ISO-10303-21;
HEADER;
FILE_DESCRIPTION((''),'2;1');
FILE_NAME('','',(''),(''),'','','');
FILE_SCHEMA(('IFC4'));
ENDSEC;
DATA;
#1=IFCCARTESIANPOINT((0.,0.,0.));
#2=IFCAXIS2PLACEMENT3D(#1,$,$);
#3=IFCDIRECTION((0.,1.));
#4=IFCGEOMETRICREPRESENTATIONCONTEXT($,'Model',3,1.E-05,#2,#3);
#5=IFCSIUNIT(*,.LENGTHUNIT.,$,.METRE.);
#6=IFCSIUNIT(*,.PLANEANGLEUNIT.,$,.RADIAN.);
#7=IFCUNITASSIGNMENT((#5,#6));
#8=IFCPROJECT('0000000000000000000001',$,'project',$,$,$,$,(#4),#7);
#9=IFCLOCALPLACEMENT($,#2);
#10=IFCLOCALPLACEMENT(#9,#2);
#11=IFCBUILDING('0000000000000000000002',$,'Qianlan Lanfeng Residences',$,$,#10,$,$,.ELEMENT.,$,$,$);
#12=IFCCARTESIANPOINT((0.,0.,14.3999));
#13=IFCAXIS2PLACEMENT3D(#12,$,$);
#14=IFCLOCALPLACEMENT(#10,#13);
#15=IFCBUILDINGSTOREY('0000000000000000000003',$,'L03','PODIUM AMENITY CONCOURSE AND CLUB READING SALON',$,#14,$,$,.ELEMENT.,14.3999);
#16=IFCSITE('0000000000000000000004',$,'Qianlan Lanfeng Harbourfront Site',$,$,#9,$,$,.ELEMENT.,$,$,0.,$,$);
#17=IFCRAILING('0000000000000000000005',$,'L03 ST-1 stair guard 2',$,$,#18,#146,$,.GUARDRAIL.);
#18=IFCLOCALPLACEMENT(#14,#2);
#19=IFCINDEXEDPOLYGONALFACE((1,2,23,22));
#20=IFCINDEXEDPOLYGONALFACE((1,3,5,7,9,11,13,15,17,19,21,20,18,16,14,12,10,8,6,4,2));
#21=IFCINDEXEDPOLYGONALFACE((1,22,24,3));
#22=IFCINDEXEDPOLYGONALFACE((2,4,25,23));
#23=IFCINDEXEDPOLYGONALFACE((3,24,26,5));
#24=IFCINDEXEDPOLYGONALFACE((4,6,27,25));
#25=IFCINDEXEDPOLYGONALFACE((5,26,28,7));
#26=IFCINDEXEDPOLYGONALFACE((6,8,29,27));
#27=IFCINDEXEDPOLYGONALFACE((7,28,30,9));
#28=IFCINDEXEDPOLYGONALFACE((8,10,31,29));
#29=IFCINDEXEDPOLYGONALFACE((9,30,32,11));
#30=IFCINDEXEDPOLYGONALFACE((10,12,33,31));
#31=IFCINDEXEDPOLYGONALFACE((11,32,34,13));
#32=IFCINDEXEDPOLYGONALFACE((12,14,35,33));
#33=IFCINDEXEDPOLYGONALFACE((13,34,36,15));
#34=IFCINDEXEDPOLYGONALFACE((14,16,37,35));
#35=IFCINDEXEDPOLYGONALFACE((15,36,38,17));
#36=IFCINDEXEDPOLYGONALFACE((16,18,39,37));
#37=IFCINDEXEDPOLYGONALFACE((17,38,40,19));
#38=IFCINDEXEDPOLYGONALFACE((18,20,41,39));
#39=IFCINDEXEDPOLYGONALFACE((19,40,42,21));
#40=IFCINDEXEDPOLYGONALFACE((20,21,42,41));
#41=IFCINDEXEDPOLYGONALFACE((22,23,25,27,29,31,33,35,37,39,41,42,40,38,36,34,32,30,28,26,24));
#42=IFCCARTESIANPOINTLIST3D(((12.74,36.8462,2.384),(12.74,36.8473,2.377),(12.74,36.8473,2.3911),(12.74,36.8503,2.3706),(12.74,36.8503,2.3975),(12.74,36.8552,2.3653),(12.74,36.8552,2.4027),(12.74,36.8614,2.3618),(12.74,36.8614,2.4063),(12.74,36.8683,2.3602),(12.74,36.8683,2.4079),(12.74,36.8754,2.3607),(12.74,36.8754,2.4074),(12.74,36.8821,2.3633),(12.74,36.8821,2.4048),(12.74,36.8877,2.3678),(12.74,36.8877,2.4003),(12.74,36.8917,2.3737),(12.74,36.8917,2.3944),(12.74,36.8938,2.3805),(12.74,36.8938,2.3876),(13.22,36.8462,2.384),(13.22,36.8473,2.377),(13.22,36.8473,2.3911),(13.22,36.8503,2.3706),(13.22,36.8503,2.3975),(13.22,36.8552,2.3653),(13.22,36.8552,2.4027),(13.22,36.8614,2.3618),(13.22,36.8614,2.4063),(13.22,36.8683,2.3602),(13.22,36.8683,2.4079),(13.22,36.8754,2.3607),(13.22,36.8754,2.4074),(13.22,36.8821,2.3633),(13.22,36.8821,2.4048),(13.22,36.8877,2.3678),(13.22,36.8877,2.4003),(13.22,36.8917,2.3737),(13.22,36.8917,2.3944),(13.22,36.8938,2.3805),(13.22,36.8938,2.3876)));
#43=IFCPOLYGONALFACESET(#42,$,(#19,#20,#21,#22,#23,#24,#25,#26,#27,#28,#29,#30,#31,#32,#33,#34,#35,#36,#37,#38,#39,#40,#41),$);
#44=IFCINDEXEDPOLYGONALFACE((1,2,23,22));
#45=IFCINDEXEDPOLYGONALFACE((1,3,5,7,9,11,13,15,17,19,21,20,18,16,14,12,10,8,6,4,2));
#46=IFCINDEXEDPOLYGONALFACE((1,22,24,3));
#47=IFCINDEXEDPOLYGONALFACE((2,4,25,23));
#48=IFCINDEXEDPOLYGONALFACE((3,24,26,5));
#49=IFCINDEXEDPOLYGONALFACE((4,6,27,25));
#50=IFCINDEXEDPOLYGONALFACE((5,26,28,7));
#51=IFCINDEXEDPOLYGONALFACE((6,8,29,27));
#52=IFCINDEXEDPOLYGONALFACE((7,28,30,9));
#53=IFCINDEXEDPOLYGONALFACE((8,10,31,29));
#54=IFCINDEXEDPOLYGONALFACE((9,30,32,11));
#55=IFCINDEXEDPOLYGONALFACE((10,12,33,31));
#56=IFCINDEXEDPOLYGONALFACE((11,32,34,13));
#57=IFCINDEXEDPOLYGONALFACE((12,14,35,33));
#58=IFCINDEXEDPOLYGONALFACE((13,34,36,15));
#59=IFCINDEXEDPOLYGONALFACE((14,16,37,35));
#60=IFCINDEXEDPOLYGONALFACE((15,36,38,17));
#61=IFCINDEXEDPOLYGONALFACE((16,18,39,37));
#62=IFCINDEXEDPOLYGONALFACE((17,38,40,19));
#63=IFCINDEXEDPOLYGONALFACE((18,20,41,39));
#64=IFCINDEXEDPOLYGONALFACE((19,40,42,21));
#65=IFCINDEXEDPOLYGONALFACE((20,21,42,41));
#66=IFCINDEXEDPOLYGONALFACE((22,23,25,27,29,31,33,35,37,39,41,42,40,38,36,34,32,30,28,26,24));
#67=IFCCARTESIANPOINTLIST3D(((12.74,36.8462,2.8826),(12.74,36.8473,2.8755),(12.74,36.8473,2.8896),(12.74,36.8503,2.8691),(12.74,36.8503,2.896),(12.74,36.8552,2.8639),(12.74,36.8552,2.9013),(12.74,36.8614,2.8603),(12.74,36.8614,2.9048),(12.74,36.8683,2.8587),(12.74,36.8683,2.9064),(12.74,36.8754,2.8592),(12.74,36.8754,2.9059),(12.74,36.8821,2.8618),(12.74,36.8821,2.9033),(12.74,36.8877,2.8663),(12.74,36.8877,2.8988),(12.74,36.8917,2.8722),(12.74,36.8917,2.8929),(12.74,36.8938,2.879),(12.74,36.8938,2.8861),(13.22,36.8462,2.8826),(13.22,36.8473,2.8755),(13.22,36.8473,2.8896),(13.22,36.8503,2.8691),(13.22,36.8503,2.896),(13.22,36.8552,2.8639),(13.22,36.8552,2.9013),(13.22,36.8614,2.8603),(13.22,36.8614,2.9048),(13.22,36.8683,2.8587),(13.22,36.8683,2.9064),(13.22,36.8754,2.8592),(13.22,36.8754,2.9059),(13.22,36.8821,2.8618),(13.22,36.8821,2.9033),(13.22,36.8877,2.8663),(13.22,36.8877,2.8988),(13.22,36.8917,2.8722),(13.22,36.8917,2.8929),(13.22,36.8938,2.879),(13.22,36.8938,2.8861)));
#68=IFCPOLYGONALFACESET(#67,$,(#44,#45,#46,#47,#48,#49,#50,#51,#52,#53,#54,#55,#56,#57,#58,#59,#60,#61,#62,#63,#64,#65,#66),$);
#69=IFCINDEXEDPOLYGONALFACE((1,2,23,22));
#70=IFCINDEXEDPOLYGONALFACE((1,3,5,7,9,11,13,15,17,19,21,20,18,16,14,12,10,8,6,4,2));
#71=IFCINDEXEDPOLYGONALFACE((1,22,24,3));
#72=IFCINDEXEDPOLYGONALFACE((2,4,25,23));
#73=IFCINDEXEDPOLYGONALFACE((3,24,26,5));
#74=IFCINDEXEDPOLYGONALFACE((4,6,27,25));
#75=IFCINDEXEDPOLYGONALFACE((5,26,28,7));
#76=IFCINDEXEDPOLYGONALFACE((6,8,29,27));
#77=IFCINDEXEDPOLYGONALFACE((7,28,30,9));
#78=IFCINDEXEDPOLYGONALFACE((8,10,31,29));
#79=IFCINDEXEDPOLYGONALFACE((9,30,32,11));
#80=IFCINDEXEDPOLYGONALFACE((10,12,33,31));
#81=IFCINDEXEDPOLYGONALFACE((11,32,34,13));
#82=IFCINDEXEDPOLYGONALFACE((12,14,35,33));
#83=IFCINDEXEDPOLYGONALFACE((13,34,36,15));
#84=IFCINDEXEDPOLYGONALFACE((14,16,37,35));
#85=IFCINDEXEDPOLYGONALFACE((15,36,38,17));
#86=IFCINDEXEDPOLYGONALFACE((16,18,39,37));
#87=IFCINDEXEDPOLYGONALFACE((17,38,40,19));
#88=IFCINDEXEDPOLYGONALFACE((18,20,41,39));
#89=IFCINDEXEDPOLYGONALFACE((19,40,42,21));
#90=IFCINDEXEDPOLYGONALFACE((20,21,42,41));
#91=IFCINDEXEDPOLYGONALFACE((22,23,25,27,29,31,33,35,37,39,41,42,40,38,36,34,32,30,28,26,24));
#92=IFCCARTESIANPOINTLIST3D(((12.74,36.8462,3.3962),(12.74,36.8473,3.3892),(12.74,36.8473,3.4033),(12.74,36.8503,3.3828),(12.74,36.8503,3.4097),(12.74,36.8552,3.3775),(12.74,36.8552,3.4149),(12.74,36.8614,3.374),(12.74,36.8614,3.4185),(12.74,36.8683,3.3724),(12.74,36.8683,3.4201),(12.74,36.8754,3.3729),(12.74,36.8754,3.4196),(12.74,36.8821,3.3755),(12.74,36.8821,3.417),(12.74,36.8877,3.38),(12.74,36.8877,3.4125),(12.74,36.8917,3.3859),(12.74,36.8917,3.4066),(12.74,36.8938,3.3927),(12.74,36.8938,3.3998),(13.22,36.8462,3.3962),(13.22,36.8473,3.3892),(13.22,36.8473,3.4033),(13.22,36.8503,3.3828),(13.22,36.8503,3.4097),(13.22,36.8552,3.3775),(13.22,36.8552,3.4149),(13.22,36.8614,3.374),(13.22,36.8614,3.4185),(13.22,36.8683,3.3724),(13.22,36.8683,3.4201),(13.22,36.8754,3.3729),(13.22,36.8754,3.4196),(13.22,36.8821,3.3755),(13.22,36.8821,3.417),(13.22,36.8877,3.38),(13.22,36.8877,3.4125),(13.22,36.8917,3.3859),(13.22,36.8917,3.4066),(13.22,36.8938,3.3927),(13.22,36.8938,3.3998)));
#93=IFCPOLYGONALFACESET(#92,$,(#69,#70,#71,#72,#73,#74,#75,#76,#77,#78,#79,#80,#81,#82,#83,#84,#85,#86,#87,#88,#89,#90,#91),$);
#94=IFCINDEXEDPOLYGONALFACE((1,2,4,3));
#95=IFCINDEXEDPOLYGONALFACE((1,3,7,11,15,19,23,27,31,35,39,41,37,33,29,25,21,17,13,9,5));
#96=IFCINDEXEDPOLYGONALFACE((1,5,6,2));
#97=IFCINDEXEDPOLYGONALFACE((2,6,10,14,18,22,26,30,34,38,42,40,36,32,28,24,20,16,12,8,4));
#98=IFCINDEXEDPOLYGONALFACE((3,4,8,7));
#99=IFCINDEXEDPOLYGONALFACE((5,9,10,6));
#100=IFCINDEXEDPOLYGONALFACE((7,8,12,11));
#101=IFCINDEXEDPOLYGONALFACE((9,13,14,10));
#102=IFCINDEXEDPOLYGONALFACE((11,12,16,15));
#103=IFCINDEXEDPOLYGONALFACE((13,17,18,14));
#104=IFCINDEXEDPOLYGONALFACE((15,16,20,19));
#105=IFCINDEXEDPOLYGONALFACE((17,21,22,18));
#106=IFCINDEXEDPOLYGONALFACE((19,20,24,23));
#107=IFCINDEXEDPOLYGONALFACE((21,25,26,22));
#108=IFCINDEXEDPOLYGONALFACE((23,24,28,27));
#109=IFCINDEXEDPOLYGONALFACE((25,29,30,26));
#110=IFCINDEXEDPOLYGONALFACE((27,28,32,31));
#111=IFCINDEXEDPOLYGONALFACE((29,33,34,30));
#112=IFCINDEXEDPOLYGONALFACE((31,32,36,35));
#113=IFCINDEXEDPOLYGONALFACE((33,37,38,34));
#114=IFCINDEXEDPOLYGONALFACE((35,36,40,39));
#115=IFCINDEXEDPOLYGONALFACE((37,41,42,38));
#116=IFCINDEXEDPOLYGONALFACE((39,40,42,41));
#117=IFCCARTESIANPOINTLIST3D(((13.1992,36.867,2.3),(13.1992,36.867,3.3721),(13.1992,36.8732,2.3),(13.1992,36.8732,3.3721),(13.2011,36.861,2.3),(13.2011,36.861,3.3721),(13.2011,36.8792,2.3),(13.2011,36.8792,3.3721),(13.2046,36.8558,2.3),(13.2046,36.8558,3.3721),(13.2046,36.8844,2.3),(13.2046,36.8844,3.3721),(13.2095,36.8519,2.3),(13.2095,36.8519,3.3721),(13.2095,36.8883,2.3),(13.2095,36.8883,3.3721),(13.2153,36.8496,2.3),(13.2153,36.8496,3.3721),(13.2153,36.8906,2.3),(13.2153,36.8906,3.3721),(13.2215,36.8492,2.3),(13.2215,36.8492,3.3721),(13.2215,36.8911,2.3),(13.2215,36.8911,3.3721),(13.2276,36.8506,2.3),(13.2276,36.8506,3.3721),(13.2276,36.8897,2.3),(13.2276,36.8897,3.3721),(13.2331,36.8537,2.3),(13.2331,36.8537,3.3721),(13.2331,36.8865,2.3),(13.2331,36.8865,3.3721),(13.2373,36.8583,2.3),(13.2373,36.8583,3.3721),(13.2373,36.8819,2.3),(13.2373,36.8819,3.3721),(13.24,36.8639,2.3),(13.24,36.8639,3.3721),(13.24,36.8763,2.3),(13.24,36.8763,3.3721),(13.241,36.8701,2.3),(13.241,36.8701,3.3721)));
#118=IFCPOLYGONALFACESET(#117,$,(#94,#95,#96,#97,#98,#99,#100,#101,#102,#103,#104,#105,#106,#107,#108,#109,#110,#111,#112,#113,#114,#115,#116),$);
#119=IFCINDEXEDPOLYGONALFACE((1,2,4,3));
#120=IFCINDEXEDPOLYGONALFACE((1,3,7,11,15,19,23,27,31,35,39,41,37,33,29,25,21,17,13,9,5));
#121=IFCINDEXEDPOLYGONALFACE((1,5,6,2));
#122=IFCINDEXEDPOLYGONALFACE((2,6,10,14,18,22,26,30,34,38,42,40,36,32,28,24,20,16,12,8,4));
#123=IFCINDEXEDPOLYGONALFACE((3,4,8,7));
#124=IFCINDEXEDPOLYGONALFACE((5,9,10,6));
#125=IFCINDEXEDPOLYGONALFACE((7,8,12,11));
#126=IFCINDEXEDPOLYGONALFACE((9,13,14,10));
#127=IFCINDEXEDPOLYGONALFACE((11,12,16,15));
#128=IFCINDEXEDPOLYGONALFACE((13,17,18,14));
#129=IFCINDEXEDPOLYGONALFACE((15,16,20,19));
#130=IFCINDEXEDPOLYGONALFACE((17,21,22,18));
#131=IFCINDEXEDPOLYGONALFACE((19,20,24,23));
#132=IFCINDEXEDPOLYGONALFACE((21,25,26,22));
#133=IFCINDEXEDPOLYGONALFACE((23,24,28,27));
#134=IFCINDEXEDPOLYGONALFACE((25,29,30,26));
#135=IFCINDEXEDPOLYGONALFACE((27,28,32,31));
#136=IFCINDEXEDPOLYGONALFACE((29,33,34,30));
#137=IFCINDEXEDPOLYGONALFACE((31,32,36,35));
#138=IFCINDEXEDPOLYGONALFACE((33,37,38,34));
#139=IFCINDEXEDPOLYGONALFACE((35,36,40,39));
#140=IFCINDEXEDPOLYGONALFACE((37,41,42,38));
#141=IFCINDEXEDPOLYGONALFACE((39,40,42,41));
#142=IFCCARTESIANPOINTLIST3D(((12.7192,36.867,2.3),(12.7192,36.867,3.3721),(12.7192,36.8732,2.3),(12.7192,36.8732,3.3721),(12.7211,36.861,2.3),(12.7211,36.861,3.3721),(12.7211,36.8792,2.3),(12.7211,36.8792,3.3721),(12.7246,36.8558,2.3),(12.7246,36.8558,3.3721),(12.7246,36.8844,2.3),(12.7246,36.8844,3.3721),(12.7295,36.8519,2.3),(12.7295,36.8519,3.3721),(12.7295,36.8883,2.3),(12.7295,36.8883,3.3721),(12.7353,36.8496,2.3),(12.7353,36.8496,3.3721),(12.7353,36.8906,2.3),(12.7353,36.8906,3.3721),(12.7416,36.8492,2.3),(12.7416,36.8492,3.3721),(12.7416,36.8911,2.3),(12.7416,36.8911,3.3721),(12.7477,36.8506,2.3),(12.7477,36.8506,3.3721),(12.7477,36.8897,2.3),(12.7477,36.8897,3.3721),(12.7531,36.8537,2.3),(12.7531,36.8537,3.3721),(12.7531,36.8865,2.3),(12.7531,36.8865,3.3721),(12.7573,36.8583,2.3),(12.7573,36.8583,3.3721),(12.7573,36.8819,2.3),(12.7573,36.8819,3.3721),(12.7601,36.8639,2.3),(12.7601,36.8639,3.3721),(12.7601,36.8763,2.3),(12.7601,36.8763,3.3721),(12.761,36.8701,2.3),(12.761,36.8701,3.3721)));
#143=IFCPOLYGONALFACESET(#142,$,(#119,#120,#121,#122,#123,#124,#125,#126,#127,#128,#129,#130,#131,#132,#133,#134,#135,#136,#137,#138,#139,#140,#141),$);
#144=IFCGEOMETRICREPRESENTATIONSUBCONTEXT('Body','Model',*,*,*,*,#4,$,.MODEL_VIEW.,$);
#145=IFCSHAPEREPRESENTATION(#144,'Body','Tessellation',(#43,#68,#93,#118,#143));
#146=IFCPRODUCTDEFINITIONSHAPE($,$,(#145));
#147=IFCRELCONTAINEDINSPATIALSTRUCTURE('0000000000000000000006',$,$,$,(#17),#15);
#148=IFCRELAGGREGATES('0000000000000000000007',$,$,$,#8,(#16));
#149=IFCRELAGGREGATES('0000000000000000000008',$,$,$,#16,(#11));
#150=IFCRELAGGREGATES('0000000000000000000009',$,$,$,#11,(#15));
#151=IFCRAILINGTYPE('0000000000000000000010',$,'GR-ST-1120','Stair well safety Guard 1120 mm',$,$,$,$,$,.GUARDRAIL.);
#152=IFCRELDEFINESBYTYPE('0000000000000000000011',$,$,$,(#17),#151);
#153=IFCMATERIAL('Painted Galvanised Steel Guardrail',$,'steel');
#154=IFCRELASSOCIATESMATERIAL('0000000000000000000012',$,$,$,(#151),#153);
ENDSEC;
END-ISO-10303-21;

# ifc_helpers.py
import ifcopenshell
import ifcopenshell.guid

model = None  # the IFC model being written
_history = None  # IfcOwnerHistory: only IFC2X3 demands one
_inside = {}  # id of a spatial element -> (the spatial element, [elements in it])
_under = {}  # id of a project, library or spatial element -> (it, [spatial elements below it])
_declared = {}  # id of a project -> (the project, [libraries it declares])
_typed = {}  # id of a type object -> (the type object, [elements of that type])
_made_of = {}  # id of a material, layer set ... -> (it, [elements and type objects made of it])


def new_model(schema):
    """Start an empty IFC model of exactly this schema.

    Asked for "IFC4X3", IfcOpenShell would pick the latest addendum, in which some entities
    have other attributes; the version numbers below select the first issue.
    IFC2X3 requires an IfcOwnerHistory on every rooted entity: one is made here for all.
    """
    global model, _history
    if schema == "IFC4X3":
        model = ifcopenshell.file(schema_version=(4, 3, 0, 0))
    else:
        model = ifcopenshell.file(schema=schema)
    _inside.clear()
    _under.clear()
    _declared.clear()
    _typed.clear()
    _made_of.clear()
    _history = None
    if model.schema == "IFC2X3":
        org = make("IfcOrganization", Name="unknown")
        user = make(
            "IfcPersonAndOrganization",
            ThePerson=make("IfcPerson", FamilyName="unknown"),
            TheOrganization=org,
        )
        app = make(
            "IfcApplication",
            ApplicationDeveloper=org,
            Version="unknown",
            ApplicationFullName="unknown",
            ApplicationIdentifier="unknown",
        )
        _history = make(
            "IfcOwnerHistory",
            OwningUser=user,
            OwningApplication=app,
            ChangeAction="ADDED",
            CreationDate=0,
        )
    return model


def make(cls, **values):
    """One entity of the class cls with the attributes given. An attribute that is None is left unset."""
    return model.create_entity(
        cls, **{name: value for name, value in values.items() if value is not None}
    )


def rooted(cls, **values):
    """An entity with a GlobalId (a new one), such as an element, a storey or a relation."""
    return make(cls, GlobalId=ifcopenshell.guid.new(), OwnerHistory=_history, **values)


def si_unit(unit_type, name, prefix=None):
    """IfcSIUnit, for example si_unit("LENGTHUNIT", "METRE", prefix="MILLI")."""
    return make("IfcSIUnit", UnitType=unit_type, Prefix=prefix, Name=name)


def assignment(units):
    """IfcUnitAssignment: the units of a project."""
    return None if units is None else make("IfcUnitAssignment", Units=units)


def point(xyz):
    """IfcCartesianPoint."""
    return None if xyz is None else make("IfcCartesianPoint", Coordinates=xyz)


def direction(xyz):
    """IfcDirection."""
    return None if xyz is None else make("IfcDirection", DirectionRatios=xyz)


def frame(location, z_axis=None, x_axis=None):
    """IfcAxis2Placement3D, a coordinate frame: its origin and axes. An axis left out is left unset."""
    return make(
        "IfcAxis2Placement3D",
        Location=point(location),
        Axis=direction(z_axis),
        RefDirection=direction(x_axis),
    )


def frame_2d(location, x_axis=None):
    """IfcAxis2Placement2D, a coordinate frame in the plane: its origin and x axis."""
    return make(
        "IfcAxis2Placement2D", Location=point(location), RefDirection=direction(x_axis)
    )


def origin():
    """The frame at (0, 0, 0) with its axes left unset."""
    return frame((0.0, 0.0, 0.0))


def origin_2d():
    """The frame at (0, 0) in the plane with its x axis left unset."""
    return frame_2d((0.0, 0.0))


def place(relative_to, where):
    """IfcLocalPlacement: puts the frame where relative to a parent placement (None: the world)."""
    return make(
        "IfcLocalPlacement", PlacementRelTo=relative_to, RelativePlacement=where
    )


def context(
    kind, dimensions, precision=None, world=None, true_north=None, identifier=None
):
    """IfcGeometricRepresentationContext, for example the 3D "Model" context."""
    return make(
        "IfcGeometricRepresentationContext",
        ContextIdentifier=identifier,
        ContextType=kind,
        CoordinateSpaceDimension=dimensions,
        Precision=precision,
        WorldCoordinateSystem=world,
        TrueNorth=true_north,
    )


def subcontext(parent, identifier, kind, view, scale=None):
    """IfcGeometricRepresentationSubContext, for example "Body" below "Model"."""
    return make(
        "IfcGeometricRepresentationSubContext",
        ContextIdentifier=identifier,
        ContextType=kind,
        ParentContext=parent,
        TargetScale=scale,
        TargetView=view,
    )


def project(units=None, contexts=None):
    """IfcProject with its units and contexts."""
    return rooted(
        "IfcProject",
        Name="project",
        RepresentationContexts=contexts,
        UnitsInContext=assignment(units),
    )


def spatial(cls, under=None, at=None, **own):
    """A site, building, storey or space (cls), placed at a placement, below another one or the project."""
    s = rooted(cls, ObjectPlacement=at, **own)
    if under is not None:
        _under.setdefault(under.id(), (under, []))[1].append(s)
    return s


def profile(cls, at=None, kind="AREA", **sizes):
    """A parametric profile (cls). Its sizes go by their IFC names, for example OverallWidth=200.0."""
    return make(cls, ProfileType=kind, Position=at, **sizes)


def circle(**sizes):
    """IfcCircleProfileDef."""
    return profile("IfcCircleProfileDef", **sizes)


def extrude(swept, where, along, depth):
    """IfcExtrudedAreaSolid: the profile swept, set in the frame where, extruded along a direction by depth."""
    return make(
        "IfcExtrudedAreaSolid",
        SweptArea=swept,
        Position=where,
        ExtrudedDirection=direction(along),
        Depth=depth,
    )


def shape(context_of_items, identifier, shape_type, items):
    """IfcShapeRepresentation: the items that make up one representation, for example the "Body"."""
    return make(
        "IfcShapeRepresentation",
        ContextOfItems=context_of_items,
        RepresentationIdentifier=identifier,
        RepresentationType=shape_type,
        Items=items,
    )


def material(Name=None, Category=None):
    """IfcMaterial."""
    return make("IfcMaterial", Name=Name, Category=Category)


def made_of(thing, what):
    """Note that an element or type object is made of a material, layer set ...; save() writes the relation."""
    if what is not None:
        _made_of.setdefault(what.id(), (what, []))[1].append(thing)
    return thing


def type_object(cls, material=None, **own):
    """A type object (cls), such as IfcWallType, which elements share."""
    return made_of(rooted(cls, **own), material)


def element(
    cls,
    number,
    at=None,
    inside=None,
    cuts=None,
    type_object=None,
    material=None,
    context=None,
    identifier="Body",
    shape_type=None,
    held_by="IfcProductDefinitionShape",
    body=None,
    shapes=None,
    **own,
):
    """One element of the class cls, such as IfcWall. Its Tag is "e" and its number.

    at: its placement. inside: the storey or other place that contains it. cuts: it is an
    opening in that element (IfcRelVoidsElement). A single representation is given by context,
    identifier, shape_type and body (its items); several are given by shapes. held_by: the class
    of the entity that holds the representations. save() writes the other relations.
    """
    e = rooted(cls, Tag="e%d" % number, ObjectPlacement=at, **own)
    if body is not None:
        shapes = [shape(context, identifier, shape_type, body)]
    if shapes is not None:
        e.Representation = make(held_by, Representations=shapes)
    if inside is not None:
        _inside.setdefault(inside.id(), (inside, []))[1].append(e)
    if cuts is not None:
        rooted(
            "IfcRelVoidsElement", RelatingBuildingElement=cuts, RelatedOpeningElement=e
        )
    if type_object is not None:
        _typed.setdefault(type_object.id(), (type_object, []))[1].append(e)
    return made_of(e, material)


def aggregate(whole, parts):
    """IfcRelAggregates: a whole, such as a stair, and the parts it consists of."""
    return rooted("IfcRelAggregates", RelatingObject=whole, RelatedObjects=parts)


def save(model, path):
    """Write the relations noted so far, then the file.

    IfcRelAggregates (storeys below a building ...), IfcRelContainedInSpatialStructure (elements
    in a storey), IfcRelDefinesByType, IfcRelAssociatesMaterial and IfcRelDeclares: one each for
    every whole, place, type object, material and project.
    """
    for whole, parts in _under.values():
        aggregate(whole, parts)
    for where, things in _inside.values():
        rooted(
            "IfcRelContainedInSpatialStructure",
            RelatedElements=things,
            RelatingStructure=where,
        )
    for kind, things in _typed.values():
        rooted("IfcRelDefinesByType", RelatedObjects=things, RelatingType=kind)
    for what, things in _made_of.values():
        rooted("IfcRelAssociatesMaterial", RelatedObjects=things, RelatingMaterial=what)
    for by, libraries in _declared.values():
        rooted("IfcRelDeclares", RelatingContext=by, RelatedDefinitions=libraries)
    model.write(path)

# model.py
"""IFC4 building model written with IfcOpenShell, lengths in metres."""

from ifc_helpers import new_model, si_unit, direction, frame, origin, origin_2d, place, context, subcontext, project, spatial, circle, extrude, material, type_object, element, save


model = new_model("IFC4")

# Units and contexts
model_context = context("Model", 3, precision=1e-05, world=origin(), true_north=direction((0.0, 1.0)))
body_context = subcontext(model_context, "Body", "Model", "MODEL_VIEW")
ifc_project = project(units=[si_unit("LENGTHUNIT", "METRE"), si_unit("PLANEANGLEUNIT", "RADIAN")], contexts=[model_context])

# Site, building, storey
site_placement = place(None, origin())
site = spatial("IfcSite", under=ifc_project, at=site_placement, Name="Qianlan Lanfeng Harbourfront Site", CompositionType="ELEMENT", RefElevation=0.0)
building_placement = place(site_placement, origin())
building = spatial("IfcBuilding", under=site, at=building_placement, Name="Qianlan Lanfeng Residences", CompositionType="ELEMENT")
storey_placement = place(building_placement, frame((0.0, 0.0, 14.3999)))
storey = spatial("IfcBuildingStorey", under=building, at=storey_placement, Name="L03", Description="PODIUM AMENITY CONCOURSE AND CLUB READING SALON", CompositionType="ELEMENT", Elevation=14.3999)

# Railing
ifc_material_1 = material(Name="Painted Galvanised Steel Guardrail", Category="steel")
railing_type_1 = type_object("IfcRailingType", Name="GR-ST-1120", Description="Stair well safety Guard 1120 mm", PredefinedType="GUARDRAIL", material=ifc_material_1)
railing_1_placement = place(storey_placement, frame((13.22, 36.8701, 2.3)))
element("IfcRailing", 1, at=railing_1_placement, inside=storey, type_object=railing_type_1, Name="L03 ST-1 stair guard 2", PredefinedType="GUARDRAIL", context=body_context, shape_type="SweptSolid", body=[
    extrude(circle(Radius=0.0239, at=origin_2d()), frame((0.0, 0.0, 0.084), z_axis=(-1.0, 0.0, 0.0), x_axis=(0.0, -1.0, 0.0)), (0.0, 0.0, 1.0), 0.48),
    extrude(circle(Radius=0.0239, at=origin_2d()), frame((0.0, 0.0, 0.5825), z_axis=(-1.0, 0.0, 0.0), x_axis=(0.0, -1.0, 0.0)), (0.0, 0.0, 1.0), 0.48),
    extrude(circle(Radius=0.0239, at=origin_2d()), frame((0.0, 0.0, 1.0962), z_axis=(-1.0, 0.0, 0.0), x_axis=(0.0, -1.0, 0.0)), (0.0, 0.0, 1.0), 0.48),
    extrude(circle(Radius=0.021, at=origin_2d()), origin(), (0.0, 0.0, 1.0), 1.072),
    extrude(circle(Radius=0.021, at=origin_2d()), frame((-0.48, 0.0, 0.0)), (0.0, 0.0, 1.0), 1.072),
])

save(model, "model.ifc")
